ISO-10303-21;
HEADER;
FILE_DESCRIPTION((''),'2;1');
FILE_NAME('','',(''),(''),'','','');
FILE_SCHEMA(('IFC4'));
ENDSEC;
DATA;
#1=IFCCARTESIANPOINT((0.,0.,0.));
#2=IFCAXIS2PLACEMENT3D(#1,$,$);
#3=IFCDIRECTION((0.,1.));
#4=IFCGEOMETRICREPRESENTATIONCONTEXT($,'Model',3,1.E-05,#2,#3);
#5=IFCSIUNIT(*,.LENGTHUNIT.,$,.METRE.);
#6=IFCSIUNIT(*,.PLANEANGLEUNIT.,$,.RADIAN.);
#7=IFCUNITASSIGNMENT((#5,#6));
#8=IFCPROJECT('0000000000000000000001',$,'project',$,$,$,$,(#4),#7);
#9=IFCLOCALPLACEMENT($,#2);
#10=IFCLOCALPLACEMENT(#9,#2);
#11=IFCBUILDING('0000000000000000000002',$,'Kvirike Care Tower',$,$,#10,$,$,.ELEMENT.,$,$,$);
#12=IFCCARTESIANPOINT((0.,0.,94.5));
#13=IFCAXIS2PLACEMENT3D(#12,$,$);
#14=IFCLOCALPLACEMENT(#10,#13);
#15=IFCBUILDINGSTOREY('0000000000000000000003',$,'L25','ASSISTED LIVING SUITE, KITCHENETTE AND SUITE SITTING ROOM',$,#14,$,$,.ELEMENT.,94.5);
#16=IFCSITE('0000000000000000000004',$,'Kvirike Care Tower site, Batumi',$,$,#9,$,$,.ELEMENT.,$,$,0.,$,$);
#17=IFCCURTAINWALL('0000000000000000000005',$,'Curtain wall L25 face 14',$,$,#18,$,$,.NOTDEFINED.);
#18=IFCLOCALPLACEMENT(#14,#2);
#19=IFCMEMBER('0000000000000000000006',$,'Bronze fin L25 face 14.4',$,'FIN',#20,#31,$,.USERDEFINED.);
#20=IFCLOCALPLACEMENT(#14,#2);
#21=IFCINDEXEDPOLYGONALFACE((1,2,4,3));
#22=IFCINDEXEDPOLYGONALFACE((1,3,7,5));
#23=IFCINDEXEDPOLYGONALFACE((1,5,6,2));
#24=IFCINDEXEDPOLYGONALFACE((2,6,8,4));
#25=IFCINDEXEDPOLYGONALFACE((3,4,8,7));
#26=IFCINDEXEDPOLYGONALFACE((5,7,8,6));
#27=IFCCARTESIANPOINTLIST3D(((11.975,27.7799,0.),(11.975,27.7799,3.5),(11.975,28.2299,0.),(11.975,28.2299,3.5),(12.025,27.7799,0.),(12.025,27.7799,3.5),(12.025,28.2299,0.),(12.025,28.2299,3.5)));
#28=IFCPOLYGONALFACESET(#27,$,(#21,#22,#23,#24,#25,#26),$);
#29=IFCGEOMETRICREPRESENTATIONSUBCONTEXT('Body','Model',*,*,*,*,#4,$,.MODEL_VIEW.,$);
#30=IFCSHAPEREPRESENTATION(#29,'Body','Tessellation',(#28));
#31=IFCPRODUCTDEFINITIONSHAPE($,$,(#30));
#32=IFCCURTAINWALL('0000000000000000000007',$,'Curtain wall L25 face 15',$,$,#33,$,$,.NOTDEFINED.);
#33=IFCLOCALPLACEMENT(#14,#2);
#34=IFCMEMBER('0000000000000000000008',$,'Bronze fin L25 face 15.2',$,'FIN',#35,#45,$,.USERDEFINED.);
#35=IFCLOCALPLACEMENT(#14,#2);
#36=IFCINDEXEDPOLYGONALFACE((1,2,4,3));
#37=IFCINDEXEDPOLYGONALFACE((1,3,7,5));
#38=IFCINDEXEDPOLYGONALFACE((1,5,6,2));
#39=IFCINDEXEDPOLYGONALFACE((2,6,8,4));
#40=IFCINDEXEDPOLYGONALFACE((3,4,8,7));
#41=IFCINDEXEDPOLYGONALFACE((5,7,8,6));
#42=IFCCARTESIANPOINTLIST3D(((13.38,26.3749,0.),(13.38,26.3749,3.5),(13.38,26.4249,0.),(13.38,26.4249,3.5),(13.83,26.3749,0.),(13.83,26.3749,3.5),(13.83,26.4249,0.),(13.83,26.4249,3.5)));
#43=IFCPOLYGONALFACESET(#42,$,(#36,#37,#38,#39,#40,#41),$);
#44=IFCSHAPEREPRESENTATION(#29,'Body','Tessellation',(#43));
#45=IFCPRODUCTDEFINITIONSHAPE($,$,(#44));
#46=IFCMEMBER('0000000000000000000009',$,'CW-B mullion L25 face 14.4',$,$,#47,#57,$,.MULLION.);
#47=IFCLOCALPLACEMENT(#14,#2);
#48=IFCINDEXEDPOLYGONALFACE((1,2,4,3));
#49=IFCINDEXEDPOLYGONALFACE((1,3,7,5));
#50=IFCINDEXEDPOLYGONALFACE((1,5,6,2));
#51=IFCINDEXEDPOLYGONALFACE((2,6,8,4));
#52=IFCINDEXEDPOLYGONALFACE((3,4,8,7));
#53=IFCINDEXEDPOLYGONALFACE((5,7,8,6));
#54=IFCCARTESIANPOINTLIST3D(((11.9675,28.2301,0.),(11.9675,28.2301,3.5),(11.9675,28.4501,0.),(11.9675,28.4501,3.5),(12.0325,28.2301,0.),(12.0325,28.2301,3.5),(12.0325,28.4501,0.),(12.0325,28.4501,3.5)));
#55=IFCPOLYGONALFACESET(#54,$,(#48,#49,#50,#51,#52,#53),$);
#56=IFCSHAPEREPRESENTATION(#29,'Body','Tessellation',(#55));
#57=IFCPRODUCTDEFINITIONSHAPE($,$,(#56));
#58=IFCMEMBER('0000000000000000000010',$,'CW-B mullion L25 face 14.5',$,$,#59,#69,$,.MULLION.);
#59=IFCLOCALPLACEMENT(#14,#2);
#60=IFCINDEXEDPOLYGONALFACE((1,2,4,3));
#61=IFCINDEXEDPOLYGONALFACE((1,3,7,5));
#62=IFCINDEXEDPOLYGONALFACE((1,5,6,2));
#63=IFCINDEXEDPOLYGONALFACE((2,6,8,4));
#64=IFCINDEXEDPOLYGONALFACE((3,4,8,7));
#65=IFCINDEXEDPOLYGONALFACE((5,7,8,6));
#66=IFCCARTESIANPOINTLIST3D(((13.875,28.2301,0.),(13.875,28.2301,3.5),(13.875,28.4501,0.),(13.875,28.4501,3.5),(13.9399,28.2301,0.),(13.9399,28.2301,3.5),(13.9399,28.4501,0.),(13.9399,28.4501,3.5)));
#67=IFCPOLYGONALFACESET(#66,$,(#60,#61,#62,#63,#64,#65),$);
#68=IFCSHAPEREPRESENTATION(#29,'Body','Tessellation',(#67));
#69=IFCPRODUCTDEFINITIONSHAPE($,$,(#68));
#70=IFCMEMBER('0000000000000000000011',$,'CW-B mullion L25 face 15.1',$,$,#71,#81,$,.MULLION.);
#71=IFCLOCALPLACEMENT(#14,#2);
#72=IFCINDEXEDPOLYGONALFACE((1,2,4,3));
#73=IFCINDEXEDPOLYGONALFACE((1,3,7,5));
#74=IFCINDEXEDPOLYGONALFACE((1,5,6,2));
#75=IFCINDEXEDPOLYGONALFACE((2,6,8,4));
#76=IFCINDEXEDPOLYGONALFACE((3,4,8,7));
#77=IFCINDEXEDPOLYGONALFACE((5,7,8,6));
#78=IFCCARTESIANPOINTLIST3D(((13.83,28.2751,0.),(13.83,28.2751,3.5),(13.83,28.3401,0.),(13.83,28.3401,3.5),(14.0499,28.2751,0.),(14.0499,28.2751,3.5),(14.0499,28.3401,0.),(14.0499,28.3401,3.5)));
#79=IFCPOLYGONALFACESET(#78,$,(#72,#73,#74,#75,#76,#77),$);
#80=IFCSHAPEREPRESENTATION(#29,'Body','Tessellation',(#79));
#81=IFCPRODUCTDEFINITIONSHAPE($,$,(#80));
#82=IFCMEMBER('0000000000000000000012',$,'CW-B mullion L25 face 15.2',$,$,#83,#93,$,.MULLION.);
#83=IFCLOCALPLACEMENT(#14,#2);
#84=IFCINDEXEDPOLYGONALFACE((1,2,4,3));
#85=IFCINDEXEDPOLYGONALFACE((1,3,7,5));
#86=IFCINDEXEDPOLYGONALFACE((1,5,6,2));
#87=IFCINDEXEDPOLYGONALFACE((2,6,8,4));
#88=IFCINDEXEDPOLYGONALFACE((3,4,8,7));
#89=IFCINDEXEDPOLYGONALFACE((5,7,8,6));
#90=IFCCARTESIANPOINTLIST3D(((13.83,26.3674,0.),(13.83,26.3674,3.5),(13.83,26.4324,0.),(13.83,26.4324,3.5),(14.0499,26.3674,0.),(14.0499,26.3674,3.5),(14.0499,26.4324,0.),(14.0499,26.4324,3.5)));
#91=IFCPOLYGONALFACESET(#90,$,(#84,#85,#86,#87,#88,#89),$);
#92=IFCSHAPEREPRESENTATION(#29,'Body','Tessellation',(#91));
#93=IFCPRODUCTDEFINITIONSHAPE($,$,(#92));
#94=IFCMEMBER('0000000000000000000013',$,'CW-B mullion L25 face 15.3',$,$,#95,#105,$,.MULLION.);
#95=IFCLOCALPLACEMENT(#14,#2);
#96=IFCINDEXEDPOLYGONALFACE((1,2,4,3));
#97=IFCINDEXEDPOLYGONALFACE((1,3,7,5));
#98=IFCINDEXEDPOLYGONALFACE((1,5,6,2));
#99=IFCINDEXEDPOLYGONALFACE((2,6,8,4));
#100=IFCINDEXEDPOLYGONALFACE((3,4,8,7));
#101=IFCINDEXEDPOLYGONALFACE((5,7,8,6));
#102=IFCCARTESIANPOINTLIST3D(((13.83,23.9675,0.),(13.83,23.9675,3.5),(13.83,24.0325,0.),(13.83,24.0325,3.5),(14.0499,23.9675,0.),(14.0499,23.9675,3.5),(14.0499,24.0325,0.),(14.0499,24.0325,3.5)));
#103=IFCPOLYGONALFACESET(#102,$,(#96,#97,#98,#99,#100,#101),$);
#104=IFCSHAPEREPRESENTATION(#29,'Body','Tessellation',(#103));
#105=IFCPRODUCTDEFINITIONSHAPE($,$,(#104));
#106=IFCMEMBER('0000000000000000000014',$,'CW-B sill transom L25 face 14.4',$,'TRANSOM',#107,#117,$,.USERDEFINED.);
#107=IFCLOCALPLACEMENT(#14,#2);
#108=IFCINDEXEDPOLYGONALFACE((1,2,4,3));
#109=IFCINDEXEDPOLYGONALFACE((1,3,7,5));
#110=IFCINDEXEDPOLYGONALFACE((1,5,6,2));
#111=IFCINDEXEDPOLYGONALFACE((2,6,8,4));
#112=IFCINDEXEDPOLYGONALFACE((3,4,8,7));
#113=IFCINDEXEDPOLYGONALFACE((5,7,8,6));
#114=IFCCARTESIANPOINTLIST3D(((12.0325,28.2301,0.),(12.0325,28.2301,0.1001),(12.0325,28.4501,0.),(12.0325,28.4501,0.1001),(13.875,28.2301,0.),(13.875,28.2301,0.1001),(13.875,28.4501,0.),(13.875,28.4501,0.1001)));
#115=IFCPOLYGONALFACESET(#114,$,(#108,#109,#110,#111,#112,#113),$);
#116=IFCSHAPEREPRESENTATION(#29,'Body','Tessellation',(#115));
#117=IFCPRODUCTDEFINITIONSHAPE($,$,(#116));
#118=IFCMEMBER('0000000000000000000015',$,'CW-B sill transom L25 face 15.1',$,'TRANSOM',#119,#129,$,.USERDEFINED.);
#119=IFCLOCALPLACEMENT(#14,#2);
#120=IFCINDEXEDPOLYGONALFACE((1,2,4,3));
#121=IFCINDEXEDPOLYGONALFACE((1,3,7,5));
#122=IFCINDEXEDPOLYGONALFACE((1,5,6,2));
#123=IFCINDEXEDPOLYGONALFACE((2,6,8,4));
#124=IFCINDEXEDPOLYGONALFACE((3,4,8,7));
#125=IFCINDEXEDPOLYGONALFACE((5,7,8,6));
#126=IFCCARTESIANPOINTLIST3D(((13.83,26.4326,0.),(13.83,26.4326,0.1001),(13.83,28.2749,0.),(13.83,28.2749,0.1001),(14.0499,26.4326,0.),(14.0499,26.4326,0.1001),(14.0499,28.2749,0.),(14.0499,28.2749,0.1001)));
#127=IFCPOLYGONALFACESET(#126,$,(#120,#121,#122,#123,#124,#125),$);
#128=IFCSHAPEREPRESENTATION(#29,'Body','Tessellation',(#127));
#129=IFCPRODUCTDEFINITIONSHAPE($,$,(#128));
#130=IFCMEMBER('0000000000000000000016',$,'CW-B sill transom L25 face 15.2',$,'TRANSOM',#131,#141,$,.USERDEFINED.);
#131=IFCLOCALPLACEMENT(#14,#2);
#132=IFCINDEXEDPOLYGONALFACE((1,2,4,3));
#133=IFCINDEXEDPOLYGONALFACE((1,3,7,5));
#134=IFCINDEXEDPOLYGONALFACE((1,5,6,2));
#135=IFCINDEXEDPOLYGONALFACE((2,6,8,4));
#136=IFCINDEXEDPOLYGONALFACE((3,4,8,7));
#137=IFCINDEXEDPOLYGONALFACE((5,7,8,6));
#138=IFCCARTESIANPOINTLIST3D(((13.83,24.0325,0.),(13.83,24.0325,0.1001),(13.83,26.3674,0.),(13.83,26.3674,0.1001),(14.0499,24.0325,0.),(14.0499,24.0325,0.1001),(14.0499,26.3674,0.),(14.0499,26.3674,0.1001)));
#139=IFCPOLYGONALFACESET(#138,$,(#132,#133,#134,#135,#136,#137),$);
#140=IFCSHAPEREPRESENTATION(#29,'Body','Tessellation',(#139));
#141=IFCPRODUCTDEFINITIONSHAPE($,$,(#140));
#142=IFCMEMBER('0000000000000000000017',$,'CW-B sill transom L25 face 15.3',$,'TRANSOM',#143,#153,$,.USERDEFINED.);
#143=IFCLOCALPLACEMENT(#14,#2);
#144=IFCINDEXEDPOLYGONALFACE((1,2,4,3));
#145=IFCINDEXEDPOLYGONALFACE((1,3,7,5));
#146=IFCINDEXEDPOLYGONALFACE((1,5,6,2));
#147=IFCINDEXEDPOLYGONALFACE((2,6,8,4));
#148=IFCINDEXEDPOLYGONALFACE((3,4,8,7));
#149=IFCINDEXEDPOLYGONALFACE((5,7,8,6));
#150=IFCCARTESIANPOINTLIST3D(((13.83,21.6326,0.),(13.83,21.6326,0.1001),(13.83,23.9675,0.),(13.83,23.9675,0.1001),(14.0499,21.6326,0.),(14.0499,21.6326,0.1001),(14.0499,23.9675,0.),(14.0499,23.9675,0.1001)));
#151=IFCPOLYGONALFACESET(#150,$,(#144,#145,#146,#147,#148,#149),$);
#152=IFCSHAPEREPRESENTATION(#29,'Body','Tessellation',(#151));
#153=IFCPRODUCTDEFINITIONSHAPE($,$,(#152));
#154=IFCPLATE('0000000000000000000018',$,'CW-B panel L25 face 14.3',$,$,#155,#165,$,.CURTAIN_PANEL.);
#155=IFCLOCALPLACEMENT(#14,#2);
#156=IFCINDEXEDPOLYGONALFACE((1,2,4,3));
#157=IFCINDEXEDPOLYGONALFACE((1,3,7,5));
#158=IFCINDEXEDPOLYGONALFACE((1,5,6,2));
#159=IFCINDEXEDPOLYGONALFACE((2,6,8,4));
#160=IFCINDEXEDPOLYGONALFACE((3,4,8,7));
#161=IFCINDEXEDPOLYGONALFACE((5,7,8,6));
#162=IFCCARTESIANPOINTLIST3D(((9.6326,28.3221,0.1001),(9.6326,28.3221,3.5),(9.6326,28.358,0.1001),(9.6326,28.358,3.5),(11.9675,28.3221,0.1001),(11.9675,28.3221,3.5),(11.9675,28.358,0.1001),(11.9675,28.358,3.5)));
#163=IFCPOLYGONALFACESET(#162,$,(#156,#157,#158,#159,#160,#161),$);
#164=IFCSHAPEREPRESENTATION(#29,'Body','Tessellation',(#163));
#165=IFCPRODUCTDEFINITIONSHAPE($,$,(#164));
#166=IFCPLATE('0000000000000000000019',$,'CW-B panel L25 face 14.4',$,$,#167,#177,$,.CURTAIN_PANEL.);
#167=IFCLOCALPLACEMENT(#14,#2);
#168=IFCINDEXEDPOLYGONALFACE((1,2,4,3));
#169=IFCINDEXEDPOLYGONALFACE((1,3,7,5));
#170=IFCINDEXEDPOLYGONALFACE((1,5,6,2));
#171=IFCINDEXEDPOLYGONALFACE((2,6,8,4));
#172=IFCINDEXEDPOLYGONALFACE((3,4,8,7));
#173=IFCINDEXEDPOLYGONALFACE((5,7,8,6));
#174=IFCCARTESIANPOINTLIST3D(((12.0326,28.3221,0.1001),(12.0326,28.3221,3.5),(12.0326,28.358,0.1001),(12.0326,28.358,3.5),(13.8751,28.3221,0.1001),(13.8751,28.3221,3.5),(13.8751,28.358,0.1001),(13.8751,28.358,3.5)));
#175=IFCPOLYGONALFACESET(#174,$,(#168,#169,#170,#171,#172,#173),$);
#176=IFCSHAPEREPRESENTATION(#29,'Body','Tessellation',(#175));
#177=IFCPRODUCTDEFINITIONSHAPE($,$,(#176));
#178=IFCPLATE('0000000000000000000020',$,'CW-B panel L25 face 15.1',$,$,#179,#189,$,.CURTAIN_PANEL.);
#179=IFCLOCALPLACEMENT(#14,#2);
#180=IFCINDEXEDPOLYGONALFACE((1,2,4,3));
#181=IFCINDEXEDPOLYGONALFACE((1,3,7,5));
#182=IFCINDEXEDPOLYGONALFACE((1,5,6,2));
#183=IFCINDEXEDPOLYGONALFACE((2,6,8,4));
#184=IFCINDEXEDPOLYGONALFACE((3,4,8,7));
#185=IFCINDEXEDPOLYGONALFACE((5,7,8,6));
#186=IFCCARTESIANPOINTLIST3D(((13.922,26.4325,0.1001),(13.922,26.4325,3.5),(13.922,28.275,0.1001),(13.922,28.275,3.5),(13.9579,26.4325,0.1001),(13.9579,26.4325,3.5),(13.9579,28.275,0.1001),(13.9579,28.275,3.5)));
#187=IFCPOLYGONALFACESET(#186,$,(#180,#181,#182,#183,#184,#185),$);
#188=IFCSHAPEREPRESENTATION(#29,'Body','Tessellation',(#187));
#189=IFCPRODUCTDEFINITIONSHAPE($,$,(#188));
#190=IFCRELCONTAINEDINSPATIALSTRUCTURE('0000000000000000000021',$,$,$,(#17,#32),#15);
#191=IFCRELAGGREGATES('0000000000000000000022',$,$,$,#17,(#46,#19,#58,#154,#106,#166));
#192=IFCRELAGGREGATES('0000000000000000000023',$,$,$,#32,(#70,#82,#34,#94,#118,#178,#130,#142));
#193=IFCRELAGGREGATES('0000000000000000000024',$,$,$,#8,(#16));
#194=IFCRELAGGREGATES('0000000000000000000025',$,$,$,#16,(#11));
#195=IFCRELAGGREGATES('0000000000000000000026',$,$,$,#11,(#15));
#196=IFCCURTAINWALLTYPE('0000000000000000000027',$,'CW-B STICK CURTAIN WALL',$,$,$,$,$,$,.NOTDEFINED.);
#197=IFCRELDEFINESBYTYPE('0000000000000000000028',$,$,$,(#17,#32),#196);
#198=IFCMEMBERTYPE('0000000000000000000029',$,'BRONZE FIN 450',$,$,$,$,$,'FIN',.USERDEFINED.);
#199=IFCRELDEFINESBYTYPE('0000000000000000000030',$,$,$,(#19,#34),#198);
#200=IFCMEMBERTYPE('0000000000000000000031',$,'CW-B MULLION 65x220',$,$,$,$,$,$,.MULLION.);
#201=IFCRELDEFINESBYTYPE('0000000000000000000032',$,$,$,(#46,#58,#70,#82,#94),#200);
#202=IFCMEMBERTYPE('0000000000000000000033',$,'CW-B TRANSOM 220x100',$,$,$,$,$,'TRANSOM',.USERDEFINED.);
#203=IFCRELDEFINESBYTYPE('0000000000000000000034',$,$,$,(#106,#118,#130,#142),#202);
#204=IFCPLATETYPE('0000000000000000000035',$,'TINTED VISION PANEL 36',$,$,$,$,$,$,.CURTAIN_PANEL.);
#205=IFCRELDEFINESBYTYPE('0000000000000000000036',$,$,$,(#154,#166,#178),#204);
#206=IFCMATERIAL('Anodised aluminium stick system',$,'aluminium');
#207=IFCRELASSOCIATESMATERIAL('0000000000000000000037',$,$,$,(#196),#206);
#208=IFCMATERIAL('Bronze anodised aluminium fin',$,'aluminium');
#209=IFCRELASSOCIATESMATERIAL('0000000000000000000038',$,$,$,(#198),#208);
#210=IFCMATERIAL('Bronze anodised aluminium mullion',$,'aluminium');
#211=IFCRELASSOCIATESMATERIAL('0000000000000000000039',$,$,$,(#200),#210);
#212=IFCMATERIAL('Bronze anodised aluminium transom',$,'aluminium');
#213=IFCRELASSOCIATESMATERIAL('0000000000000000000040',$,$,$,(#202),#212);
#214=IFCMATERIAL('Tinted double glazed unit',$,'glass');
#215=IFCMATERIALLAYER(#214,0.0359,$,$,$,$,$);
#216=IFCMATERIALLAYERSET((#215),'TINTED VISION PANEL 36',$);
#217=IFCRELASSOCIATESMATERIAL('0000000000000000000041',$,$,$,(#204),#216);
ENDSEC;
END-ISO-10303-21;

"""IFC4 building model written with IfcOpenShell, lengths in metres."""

from ifc_helpers import new_model, si_unit, direction, frame, origin, origin_2d, place, context, subcontext, project, spatial, rectangle, extrude, material, layer, layer_set, material_profile, profile_set, type_object, element, aggregate, save


model = new_model("IFC4")

# Units and contexts
model_context = context("Model", 3, precision=1e-05, world=origin(), true_north=direction((0.0, 1.0)))
body_context = subcontext(model_context, "Body", "Model", "MODEL_VIEW")
ifc_project = project(units=[si_unit("LENGTHUNIT", "METRE"), si_unit("PLANEANGLEUNIT", "RADIAN")], contexts=[model_context])

# Site, building, storey
site_placement = place(None, origin())
site = spatial("IfcSite", under=ifc_project, at=site_placement, Name="Kvirike Care Tower site, Batumi", CompositionType="ELEMENT", RefElevation=0.0)
building_placement = place(site_placement, origin())
building = spatial("IfcBuilding", under=site, at=building_placement, Name="Kvirike Care Tower", CompositionType="ELEMENT")
storey_placement = place(building_placement, frame((0.0, 0.0, 94.5)))
storey = spatial("IfcBuildingStorey", under=building, at=storey_placement, Name="L25", Description="ASSISTED LIVING SUITE, KITCHENETTE AND SUITE SITTING ROOM", CompositionType="ELEMENT", Elevation=94.5)

# Curtain walls, members
ifc_material_1 = material(Name="Anodised aluminium stick system", Category="aluminium")
curtain_wall_type = type_object("IfcCurtainWallType", Name="CW-B STICK CURTAIN WALL", PredefinedType="NOTDEFINED", material=ifc_material_1)
curtain_wall_1_placement = place(storey_placement, origin())
curtain_wall_1 = element("IfcCurtainWall", 1, at=curtain_wall_1_placement, inside=storey, type_object=curtain_wall_type, Name="Curtain wall L25 face 14", PredefinedType="NOTDEFINED")
ifc_material_2 = material(Name="Bronze anodised aluminium fin", Category="aluminium")
ifc_material_profile_1 = material_profile(ifc_material_2, rectangle(XDim=0.05, YDim=0.45, at=origin_2d()), Name="BRONZE FIN 450")
ifc_profile_set_1 = profile_set([ifc_material_profile_1], Name="Bronze anodised aluminium fin")
member_type_1 = type_object("IfcMemberType", Name="BRONZE FIN 450", ElementType="FIN", PredefinedType="USERDEFINED", material=ifc_profile_set_1)
member_1_placement = place(storey_placement, frame((12.0, 28.0049, 0.0), z_axis=(0.0, 0.0, 1.0), x_axis=(1.0, 0.0, 0.0)))
member_1 = element("IfcMember", 2, at=member_1_placement, type_object=member_type_1, Name="Bronze fin L25 face 14.4", ObjectType="FIN", PredefinedType="USERDEFINED", context=body_context, shape_type="SweptSolid", body=[
    extrude(rectangle(XDim=0.05, YDim=0.45, at=origin_2d()), origin(), (0.0, 0.0, 1.0), 3.5),
])
curtain_wall_2_placement = place(storey_placement, origin())
curtain_wall_2 = element("IfcCurtainWall", 3, at=curtain_wall_2_placement, inside=storey, type_object=curtain_wall_type, Name="Curtain wall L25 face 15", PredefinedType="NOTDEFINED")
member_2_placement = place(storey_placement, frame((13.605, 26.3999, 0.0), z_axis=(0.0, 0.0, 1.0), x_axis=(0.0, -1.0, 0.0)))
member_2 = element("IfcMember", 4, at=member_2_placement, type_object=member_type_1, Name="Bronze fin L25 face 15.2", ObjectType="FIN", PredefinedType="USERDEFINED", context=body_context, shape_type="SweptSolid", body=[
    extrude(rectangle(XDim=0.05, YDim=0.45, at=origin_2d()), origin(), (0.0, 0.0, 1.0), 3.5),
])

# Members
ifc_material_3 = material(Name="Bronze anodised aluminium mullion", Category="aluminium")
ifc_material_profile_2 = material_profile(ifc_material_3, rectangle(XDim=0.0649, YDim=0.22, at=origin_2d()), Name="CW-B MULLION 65x220")
ifc_profile_set_2 = profile_set([ifc_material_profile_2], Name="Bronze anodised aluminium mullion")
member_type_2 = type_object("IfcMemberType", Name="CW-B MULLION 65x220", PredefinedType="MULLION", material=ifc_profile_set_2)
member_3_placement = place(storey_placement, frame((12.0, 28.3401, 0.0), z_axis=(0.0, 0.0, 1.0), x_axis=(1.0, 0.0, 0.0)))
member_3 = element("IfcMember", 5, at=member_3_placement, type_object=member_type_2, Name="CW-B mullion L25 face 14.4", PredefinedType="MULLION", context=body_context, shape_type="SweptSolid", body=[
    extrude(rectangle(XDim=0.0649, YDim=0.22, at=origin_2d()), origin(), (0.0, 0.0, 1.0), 3.5),
])
member_4_placement = place(storey_placement, frame((13.9075, 28.3401, 0.0), z_axis=(0.0, 0.0, 1.0), x_axis=(1.0, 0.0, 0.0)))
member_4 = element("IfcMember", 6, at=member_4_placement, type_object=member_type_2, Name="CW-B mullion L25 face 14.5", PredefinedType="MULLION", context=body_context, shape_type="SweptSolid", body=[
    extrude(rectangle(XDim=0.0649, YDim=0.22, at=origin_2d()), origin(), (0.0, 0.0, 1.0), 3.5),
])
member_5_placement = place(storey_placement, frame((13.9399, 28.3076, 0.0), z_axis=(0.0, 0.0, 1.0), x_axis=(0.0, -1.0, 0.0)))
member_5 = element("IfcMember", 7, at=member_5_placement, type_object=member_type_2, Name="CW-B mullion L25 face 15.1", PredefinedType="MULLION", context=body_context, shape_type="SweptSolid", body=[
    extrude(rectangle(XDim=0.0649, YDim=0.22, at=origin_2d()), origin(), (0.0, 0.0, 1.0), 3.5),
])
member_6_placement = place(storey_placement, frame((13.9399, 26.3999, 0.0), z_axis=(0.0, 0.0, 1.0), x_axis=(0.0, -1.0, 0.0)))
member_6 = element("IfcMember", 8, at=member_6_placement, type_object=member_type_2, Name="CW-B mullion L25 face 15.2", PredefinedType="MULLION", context=body_context, shape_type="SweptSolid", body=[
    extrude(rectangle(XDim=0.0649, YDim=0.22, at=origin_2d()), origin(), (0.0, 0.0, 1.0), 3.5),
])
member_7_placement = place(storey_placement, frame((13.9399, 24.0, 0.0), z_axis=(0.0, 0.0, 1.0), x_axis=(0.0, -1.0, 0.0)))
member_7 = element("IfcMember", 9, at=member_7_placement, type_object=member_type_2, Name="CW-B mullion L25 face 15.3", PredefinedType="MULLION", context=body_context, shape_type="SweptSolid", body=[
    extrude(rectangle(XDim=0.0649, YDim=0.22, at=origin_2d()), origin(), (0.0, 0.0, 1.0), 3.5),
])
ifc_material_4 = material(Name="Bronze anodised aluminium transom", Category="aluminium")
ifc_material_profile_3 = material_profile(ifc_material_4, rectangle(XDim=0.22, YDim=0.1001, at=origin_2d()), Name="CW-B TRANSOM 220x100")
ifc_profile_set_3 = profile_set([ifc_material_profile_3], Name="Bronze anodised aluminium transom")
member_type_3 = type_object("IfcMemberType", Name="CW-B TRANSOM 220x100", ElementType="TRANSOM", PredefinedType="USERDEFINED", material=ifc_profile_set_3)
member_8_placement = place(storey_placement, frame((12.0325, 28.3401, 0.05), z_axis=(1.0, 0.0, 0.0), x_axis=(0.0, 1.0, 0.0)))
member_8 = element("IfcMember", 10, at=member_8_placement, type_object=member_type_3, Name="CW-B sill transom L25 face 14.4", ObjectType="TRANSOM", PredefinedType="USERDEFINED", context=body_context, shape_type="SweptSolid", body=[
    extrude(rectangle(XDim=0.22, YDim=0.1001, at=origin_2d()), origin(), (0.0, 0.0, 1.0), 1.8425),
])
member_9_placement = place(storey_placement, frame((13.9399, 28.2749, 0.05), z_axis=(0.0, -1.0, 0.0), x_axis=(1.0, 0.0, 0.0)))
member_9 = element("IfcMember", 11, at=member_9_placement, type_object=member_type_3, Name="CW-B sill transom L25 face 15.1", ObjectType="TRANSOM", PredefinedType="USERDEFINED", context=body_context, shape_type="SweptSolid", body=[
    extrude(rectangle(XDim=0.22, YDim=0.1001, at=origin_2d()), origin(), (0.0, 0.0, 1.0), 1.8423),
])
member_10_placement = place(storey_placement, frame((13.9399, 26.3674, 0.05), z_axis=(0.0, -1.0, 0.0), x_axis=(1.0, 0.0, 0.0)))
member_10 = element("IfcMember", 12, at=member_10_placement, type_object=member_type_3, Name="CW-B sill transom L25 face 15.2", ObjectType="TRANSOM", PredefinedType="USERDEFINED", context=body_context, shape_type="SweptSolid", body=[
    extrude(rectangle(XDim=0.22, YDim=0.1001, at=origin_2d()), origin(), (0.0, 0.0, 1.0), 2.335),
])
member_11_placement = place(storey_placement, frame((13.9399, 23.9675, 0.05), z_axis=(0.0, -1.0, 0.0), x_axis=(1.0, 0.0, 0.0)))
member_11 = element("IfcMember", 13, at=member_11_placement, type_object=member_type_3, Name="CW-B sill transom L25 face 15.3", ObjectType="TRANSOM", PredefinedType="USERDEFINED", context=body_context, shape_type="SweptSolid", body=[
    extrude(rectangle(XDim=0.22, YDim=0.1001, at=origin_2d()), origin(), (0.0, 0.0, 1.0), 2.335),
])

# Plates
ifc_material_5 = material(Name="Tinted double glazed unit", Category="glass")
ifc_layer_1 = layer(ifc_material_5, 0.0359)
ifc_layer_set_1 = layer_set([ifc_layer_1], Name="TINTED VISION PANEL 36")
plate_type = type_object("IfcPlateType", Name="TINTED VISION PANEL 36", PredefinedType="CURTAIN_PANEL", material=ifc_layer_set_1)
plate_1_placement = place(storey_placement, frame((10.8, 28.3401, 0.1001), z_axis=(0.0, 0.0, 1.0), x_axis=(1.0, 0.0, 0.0)))
plate_1 = element("IfcPlate", 14, at=plate_1_placement, type_object=plate_type, Name="CW-B panel L25 face 14.3", PredefinedType="CURTAIN_PANEL", context=body_context, shape_type="SweptSolid", body=[
    extrude(rectangle(XDim=2.335, YDim=0.0359, at=origin_2d()), origin(), (0.0, 0.0, 1.0), 3.3999),
])
plate_2_placement = place(storey_placement, frame((12.9539, 28.3401, 0.1001), z_axis=(0.0, 0.0, 1.0), x_axis=(1.0, 0.0, 0.0)))
plate_2 = element("IfcPlate", 15, at=plate_2_placement, type_object=plate_type, Name="CW-B panel L25 face 14.4", PredefinedType="CURTAIN_PANEL", context=body_context, shape_type="SweptSolid", body=[
    extrude(rectangle(XDim=1.8425, YDim=0.0359, at=origin_2d()), origin(), (0.0, 0.0, 1.0), 3.3999),
])
aggregate(curtain_wall_1, [member_3, member_1, member_4, plate_1, member_8, plate_2])
plate_3_placement = place(storey_placement, frame((13.9399, 27.3538, 0.1001), z_axis=(0.0, 0.0, 1.0), x_axis=(0.0, -1.0, 0.0)))
plate_3 = element("IfcPlate", 16, at=plate_3_placement, type_object=plate_type, Name="CW-B panel L25 face 15.1", PredefinedType="CURTAIN_PANEL", context=body_context, shape_type="SweptSolid", body=[
    extrude(rectangle(XDim=1.8425, YDim=0.0359, at=origin_2d()), origin(), (0.0, 0.0, 1.0), 3.3999),
])
aggregate(curtain_wall_2, [member_5, member_6, member_2, member_7, member_9, plate_3, member_10, member_11])

save(model, "model.ifc")
